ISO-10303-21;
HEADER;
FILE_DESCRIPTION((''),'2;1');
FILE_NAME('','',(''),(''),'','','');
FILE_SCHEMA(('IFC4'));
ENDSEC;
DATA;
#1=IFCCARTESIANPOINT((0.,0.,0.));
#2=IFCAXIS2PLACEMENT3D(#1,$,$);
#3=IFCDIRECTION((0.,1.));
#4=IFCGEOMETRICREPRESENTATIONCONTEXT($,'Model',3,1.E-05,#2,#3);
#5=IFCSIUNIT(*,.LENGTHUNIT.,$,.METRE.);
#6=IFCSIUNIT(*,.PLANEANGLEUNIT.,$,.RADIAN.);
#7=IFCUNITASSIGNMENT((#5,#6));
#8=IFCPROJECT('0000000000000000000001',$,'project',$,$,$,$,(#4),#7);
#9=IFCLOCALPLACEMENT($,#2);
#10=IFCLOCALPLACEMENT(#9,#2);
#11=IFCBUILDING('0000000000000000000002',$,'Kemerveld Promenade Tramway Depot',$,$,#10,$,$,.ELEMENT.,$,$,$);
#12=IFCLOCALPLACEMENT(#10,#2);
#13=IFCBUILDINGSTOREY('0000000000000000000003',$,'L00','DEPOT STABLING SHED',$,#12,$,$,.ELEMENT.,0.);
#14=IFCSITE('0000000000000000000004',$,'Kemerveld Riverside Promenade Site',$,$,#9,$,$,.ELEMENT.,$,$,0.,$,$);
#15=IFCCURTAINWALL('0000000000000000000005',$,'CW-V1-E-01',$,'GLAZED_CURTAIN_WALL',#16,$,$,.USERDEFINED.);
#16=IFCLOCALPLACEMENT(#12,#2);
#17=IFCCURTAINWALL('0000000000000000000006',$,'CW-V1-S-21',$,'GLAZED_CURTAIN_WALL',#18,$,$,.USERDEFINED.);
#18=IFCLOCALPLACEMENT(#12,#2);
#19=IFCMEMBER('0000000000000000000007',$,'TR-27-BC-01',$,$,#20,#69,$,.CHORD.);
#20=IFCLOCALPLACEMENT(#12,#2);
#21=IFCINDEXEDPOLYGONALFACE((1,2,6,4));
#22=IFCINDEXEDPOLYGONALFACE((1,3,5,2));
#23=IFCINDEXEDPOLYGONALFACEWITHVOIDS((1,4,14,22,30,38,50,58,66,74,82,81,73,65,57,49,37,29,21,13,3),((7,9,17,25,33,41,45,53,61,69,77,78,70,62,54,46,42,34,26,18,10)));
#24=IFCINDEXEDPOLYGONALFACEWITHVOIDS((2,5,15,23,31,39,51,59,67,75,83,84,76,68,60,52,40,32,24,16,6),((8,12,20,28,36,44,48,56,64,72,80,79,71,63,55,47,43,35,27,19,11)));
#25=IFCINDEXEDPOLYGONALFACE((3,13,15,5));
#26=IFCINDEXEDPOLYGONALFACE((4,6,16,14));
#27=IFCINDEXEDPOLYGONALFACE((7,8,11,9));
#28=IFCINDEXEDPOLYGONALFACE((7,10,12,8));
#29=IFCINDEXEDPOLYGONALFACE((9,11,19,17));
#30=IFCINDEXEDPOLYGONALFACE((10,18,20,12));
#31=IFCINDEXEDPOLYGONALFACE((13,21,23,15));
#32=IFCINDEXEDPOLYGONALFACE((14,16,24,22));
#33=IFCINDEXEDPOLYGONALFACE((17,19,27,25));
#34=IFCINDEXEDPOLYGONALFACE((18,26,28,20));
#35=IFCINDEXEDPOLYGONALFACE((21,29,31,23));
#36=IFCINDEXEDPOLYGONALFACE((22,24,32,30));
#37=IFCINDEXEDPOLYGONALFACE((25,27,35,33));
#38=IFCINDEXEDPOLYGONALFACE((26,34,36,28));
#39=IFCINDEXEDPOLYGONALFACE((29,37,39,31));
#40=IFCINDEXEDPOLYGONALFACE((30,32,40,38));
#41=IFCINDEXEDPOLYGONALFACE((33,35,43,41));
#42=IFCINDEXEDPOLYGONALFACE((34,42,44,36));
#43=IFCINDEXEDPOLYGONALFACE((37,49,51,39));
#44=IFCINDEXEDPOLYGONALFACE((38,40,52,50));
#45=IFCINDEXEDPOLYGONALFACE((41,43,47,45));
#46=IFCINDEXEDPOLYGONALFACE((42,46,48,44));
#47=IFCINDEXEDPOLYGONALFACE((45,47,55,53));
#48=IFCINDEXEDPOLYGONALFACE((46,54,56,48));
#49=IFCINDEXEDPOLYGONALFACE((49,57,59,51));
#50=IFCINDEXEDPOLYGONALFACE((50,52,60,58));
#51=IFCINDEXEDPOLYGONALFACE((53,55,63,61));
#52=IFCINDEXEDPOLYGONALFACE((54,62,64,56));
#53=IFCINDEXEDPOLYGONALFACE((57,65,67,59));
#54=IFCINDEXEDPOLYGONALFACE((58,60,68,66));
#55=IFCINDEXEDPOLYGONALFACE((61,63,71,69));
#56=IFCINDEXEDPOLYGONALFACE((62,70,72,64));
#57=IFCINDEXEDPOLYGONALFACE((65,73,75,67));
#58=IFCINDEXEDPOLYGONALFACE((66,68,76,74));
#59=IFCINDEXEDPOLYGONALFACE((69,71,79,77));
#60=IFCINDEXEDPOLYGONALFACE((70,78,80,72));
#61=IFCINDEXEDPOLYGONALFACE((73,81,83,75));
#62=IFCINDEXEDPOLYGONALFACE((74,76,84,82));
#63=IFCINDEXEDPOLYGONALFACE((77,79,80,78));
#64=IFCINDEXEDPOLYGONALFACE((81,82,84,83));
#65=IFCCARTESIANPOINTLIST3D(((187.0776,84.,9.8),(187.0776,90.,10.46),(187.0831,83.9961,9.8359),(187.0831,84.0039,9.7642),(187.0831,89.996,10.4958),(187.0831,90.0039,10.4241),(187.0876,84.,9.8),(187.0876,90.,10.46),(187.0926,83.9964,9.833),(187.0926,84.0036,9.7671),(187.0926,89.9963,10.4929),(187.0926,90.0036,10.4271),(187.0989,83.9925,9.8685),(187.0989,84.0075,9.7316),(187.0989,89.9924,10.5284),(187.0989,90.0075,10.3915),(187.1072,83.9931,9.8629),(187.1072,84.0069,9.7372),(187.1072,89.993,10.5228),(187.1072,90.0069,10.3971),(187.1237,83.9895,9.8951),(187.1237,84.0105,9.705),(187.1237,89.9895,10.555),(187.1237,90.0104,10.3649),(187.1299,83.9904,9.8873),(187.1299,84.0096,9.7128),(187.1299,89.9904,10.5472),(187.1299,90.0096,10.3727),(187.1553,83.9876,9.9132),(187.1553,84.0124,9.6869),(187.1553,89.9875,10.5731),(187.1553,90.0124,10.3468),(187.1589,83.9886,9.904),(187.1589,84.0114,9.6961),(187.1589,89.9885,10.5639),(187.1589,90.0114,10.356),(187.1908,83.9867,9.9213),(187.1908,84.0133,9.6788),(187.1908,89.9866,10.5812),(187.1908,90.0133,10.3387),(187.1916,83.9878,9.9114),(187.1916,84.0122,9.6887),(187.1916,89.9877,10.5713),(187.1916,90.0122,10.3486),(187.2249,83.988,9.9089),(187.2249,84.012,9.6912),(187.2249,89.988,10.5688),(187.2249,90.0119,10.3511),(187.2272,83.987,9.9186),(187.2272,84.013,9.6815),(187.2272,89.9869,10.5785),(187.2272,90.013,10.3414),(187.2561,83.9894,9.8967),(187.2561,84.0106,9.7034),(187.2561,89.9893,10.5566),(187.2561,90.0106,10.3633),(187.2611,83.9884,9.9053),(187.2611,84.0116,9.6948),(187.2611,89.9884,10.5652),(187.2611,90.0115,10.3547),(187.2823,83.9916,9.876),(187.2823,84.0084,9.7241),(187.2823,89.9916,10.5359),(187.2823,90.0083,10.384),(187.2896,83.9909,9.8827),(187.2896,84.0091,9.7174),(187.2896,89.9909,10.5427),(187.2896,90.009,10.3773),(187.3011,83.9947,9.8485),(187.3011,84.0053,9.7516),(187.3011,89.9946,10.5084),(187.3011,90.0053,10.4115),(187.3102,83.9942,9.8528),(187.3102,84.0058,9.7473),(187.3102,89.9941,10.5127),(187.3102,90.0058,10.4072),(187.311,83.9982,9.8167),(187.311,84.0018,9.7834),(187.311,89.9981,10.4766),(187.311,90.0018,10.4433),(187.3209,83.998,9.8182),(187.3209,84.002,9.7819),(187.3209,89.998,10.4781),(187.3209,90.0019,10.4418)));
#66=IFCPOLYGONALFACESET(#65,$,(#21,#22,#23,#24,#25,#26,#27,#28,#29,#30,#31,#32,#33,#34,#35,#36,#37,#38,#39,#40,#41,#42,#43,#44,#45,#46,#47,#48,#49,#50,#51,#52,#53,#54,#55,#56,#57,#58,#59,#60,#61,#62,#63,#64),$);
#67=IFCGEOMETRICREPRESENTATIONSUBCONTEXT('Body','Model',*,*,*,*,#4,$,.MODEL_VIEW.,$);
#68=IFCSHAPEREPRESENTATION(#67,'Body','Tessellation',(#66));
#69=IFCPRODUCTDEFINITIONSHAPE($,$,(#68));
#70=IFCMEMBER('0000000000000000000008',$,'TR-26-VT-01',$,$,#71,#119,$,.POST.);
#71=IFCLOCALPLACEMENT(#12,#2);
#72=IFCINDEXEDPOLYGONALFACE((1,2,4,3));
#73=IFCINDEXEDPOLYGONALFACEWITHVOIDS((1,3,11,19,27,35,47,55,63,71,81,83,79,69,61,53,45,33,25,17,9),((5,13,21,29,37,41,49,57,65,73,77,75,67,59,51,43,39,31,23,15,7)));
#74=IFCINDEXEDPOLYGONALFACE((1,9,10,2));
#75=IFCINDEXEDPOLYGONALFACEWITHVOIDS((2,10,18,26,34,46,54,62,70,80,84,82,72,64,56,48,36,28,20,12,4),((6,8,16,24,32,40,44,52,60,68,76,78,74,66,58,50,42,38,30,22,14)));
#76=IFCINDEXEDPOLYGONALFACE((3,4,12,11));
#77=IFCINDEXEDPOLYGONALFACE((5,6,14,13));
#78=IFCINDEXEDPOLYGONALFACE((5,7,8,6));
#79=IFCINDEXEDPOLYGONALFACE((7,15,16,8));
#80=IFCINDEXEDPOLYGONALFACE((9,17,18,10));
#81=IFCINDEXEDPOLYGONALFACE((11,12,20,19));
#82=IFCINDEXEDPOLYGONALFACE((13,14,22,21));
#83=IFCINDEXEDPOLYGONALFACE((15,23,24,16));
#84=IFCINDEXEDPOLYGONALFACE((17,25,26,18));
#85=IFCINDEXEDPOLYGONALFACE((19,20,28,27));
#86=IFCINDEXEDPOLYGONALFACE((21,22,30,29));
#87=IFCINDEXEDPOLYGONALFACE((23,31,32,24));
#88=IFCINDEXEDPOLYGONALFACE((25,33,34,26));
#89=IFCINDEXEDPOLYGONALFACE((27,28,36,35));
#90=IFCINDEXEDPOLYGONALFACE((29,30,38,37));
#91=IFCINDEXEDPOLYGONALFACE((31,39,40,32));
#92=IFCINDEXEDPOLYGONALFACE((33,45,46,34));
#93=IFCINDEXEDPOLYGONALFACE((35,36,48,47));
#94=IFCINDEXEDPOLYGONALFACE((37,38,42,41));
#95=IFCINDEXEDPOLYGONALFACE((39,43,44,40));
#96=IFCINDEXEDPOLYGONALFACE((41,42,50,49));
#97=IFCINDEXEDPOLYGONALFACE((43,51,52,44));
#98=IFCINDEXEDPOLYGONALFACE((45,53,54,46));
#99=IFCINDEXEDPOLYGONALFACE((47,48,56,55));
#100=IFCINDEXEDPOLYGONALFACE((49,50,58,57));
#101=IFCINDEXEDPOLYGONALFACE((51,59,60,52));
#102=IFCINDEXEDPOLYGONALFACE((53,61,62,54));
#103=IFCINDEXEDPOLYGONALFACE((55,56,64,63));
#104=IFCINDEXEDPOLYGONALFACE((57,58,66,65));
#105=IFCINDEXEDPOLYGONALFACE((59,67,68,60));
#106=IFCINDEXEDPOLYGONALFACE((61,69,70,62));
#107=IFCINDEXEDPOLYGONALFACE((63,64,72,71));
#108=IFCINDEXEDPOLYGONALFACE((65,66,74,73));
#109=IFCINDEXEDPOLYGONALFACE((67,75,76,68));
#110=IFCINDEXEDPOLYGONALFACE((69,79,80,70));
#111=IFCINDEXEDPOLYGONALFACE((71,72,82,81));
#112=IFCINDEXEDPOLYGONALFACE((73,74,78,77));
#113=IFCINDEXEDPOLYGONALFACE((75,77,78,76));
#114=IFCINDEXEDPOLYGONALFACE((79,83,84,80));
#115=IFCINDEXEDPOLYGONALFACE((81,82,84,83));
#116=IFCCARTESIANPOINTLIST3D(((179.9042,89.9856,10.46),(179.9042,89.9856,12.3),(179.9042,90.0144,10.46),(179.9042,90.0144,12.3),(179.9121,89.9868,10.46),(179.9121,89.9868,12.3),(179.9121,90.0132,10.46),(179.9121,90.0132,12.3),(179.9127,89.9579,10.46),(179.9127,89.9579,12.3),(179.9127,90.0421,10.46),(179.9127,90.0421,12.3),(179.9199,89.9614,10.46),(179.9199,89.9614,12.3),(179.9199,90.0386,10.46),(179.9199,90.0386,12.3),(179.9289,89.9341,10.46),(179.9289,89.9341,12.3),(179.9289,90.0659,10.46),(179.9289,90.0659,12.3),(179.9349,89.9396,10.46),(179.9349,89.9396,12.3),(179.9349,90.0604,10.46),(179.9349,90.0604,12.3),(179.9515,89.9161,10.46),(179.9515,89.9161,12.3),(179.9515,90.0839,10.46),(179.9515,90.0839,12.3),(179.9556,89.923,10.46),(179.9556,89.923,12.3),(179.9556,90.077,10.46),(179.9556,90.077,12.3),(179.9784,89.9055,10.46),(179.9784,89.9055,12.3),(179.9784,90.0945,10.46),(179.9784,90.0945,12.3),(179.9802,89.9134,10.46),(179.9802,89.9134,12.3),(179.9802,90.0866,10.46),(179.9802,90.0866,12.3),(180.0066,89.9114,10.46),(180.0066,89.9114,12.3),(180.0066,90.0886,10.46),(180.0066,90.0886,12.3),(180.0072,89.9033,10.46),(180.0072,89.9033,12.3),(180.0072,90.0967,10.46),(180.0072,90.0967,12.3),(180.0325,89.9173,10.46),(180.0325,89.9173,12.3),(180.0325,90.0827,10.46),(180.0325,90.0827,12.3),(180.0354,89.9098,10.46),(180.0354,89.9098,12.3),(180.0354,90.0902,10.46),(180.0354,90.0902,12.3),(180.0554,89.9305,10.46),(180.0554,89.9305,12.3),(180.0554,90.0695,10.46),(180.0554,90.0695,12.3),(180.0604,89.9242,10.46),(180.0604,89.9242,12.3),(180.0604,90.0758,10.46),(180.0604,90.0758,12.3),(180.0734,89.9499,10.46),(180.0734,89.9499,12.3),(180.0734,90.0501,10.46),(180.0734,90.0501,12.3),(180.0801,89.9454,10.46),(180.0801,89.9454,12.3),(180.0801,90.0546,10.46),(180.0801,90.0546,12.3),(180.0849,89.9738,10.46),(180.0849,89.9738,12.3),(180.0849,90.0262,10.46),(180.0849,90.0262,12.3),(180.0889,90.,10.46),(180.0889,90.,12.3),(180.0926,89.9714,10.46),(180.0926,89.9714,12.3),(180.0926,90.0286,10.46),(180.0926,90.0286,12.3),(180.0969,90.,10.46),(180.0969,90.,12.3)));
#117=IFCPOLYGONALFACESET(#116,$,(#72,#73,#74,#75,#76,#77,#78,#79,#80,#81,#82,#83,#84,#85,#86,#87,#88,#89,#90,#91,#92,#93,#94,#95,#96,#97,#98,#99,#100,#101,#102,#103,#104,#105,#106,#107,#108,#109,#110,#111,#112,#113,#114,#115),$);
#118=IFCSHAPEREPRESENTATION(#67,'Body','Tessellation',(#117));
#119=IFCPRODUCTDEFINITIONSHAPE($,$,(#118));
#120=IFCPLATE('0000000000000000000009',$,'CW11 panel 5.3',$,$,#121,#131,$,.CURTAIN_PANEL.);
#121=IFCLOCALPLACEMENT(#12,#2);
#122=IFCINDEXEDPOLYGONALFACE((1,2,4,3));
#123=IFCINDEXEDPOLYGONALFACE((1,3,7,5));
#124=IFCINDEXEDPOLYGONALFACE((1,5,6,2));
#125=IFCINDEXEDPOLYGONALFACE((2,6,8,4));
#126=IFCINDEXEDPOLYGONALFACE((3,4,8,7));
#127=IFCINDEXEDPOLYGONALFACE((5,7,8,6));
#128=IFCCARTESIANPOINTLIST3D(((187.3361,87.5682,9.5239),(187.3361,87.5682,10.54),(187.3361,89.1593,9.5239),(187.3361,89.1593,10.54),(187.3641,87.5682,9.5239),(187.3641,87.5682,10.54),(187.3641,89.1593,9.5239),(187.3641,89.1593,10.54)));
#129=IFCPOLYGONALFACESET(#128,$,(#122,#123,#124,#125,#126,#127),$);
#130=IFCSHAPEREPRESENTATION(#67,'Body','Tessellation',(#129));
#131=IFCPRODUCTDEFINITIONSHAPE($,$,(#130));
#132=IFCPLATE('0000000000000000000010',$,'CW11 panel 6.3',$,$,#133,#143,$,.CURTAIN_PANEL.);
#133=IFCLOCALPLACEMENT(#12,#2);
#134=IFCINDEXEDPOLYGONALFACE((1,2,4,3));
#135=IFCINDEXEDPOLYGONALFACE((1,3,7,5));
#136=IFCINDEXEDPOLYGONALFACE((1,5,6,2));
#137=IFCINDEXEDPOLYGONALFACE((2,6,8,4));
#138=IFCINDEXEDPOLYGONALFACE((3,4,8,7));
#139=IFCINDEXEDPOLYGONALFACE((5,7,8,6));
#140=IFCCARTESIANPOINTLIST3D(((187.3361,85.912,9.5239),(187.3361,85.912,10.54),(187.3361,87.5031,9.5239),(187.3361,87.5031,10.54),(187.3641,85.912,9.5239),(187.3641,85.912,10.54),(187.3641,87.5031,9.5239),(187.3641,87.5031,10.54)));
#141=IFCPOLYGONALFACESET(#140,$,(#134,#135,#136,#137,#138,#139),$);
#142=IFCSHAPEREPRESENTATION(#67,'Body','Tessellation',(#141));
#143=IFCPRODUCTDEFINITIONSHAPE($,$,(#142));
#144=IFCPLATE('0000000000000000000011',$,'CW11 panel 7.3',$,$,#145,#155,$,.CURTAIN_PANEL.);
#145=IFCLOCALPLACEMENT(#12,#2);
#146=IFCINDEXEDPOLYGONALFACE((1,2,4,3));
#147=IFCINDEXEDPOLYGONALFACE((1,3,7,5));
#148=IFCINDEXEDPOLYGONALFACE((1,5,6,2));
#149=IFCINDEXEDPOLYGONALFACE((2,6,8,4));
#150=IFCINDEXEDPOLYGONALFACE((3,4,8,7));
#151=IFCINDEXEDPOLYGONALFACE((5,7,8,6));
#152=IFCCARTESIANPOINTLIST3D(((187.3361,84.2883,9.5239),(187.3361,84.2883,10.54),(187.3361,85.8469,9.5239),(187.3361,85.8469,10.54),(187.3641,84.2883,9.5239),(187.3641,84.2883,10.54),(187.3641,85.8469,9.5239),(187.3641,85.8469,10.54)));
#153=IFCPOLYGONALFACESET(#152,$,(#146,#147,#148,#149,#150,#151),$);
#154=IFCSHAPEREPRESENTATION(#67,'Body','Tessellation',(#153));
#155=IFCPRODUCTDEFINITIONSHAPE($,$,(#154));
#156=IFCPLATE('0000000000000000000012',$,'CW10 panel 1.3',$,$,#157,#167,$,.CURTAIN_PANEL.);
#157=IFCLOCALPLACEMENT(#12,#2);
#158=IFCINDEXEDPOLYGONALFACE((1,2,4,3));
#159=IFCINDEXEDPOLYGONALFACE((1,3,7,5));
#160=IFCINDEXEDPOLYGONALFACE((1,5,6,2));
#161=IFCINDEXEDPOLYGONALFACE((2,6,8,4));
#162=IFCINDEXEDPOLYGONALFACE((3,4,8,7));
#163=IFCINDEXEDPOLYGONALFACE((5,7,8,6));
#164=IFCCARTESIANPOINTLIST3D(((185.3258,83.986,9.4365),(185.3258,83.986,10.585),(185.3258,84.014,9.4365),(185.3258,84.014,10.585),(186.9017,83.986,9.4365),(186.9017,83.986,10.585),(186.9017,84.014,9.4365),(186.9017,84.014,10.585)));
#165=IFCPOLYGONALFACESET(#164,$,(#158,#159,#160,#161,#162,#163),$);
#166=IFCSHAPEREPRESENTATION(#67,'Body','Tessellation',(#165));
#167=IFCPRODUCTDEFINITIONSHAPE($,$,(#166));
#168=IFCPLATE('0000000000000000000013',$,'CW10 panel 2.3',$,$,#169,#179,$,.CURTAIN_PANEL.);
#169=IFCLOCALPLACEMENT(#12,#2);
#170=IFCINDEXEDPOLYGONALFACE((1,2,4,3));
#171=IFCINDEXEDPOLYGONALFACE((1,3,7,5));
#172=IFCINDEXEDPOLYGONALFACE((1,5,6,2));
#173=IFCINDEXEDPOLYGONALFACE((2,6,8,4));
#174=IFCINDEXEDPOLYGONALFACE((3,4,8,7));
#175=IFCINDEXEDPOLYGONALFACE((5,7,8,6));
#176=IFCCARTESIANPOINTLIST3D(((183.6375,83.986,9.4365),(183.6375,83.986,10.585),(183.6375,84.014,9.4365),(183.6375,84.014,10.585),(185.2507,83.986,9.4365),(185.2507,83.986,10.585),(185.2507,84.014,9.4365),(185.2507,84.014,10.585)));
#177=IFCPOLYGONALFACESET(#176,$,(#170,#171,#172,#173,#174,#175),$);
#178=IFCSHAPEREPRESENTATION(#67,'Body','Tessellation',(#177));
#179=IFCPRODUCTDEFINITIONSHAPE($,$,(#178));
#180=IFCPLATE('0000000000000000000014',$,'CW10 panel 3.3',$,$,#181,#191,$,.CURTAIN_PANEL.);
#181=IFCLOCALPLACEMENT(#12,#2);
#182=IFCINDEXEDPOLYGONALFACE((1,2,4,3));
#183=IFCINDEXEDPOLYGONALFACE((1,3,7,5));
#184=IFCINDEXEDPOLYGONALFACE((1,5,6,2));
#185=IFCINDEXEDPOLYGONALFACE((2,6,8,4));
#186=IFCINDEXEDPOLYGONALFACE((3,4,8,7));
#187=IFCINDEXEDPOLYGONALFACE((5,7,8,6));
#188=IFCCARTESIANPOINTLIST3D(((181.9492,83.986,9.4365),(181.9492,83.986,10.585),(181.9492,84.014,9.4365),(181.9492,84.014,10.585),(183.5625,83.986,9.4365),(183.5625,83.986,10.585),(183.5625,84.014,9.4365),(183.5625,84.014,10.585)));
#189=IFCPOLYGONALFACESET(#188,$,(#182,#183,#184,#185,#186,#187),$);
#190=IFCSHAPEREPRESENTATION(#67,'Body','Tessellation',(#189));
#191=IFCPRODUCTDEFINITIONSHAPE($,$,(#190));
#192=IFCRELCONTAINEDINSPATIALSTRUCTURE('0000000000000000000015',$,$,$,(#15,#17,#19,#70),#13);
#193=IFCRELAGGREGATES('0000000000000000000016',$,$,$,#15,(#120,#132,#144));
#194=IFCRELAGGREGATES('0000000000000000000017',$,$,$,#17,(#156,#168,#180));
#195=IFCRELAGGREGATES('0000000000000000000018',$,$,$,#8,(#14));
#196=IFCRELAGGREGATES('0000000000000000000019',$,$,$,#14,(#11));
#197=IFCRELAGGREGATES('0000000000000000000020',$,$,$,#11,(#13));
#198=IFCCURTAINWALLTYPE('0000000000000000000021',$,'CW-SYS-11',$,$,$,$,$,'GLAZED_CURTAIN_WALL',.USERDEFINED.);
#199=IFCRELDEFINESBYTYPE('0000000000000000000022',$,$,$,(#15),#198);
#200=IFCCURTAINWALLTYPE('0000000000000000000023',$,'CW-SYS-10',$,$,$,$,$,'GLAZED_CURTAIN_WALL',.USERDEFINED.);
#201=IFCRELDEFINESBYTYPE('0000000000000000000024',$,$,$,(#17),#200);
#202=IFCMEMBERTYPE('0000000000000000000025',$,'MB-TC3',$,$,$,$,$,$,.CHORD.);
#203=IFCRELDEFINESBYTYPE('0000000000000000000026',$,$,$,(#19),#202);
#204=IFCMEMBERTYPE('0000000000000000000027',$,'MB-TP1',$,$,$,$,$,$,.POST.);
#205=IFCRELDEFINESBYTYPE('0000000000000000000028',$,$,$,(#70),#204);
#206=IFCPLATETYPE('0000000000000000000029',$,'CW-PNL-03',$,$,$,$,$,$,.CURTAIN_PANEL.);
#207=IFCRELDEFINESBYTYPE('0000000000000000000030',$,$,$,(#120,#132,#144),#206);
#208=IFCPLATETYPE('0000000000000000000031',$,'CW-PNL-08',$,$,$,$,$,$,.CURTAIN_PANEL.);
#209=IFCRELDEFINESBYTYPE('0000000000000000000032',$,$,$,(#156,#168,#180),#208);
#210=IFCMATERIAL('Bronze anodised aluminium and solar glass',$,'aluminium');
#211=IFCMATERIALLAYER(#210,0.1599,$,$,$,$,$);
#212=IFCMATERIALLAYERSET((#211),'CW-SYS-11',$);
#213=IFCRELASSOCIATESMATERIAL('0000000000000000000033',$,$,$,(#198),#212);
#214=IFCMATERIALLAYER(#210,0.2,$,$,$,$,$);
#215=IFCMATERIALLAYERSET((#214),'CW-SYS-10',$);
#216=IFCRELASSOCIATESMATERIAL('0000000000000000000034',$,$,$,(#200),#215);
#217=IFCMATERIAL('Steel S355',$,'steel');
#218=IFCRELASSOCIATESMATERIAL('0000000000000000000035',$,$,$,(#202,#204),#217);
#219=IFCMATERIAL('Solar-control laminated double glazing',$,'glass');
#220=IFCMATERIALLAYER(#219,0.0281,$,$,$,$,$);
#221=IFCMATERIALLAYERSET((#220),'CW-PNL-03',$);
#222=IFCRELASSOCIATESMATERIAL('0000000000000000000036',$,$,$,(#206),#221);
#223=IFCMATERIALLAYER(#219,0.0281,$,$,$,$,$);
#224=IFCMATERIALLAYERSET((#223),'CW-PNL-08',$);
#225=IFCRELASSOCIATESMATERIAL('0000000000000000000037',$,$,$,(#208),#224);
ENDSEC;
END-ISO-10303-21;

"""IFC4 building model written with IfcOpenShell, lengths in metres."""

from ifc_helpers import new_model, si_unit, direction, frame, origin, origin_2d, place, context, subcontext, project, spatial, rectangle, hollow_circle, extrude, material, layer, layer_set, material_profile, profile_set, type_object, element, aggregate, save


model = new_model("IFC4")

# Units and contexts
model_context = context("Model", 3, precision=1e-05, world=origin(), true_north=direction((0.0, 1.0)))
body_context = subcontext(model_context, "Body", "Model", "MODEL_VIEW")
ifc_project = project(units=[si_unit("LENGTHUNIT", "METRE"), si_unit("PLANEANGLEUNIT", "RADIAN")], contexts=[model_context])

# Site, building, storey
site_placement = place(None, origin())
site = spatial("IfcSite", under=ifc_project, at=site_placement, Name="Kemerveld Riverside Promenade Site", CompositionType="ELEMENT", RefElevation=0.0)
building_placement = place(site_placement, origin())
building = spatial("IfcBuilding", under=site, at=building_placement, Name="Kemerveld Promenade Tramway Depot", CompositionType="ELEMENT")
storey_placement = place(building_placement, origin())
storey = spatial("IfcBuildingStorey", under=building, at=storey_placement, Name="L00", Description="DEPOT STABLING SHED", CompositionType="ELEMENT", Elevation=0.0)

# Shared definitions
ifc_material_1 = material(Name="Steel S355", Category="steel")

# Curtain walls
ifc_material_2 = material(Name="Bronze anodised aluminium and solar glass", Category="aluminium")
ifc_layer_1 = layer(ifc_material_2, 0.1599)
ifc_layer_set_1 = layer_set([ifc_layer_1], Name="CW-SYS-11")
curtain_wall_type_1 = type_object("IfcCurtainWallType", Name="CW-SYS-11", ElementType="GLAZED_CURTAIN_WALL", PredefinedType="USERDEFINED", material=ifc_layer_set_1)
curtain_wall_1_placement = place(storey_placement, origin())
curtain_wall_1 = element("IfcCurtainWall", 1, at=curtain_wall_1_placement, inside=storey, type_object=curtain_wall_type_1, Name="CW-V1-E-01", ObjectType="GLAZED_CURTAIN_WALL", PredefinedType="USERDEFINED")
ifc_layer_2 = layer(ifc_material_2, 0.2)
ifc_layer_set_2 = layer_set([ifc_layer_2], Name="CW-SYS-10")
curtain_wall_type_2 = type_object("IfcCurtainWallType", Name="CW-SYS-10", ElementType="GLAZED_CURTAIN_WALL", PredefinedType="USERDEFINED", material=ifc_layer_set_2)
curtain_wall_2_placement = place(storey_placement, origin())
curtain_wall_2 = element("IfcCurtainWall", 2, at=curtain_wall_2_placement, inside=storey, type_object=curtain_wall_type_2, Name="CW-V1-S-21", ObjectType="GLAZED_CURTAIN_WALL", PredefinedType="USERDEFINED")

# Members
ifc_material_profile_1 = material_profile(ifc_material_1, hollow_circle(Radius=0.1223, WallThickness=0.01, at=origin_2d()), Name="244.5x10.0 CHS")
ifc_profile_set_1 = profile_set([ifc_material_profile_1], Name="Steel S355")
member_type_1 = type_object("IfcMemberType", Name="MB-TC3", PredefinedType="CHORD", material=ifc_profile_set_1)
member_1_placement = place(storey_placement, frame((187.2, 84.0, 9.8), z_axis=(0.0, 0.994006, 0.109326), x_axis=(-1.0, 0.0, 0.0)))
element("IfcMember", 3, at=member_1_placement, inside=storey, type_object=member_type_1, Name="TR-27-BC-01", PredefinedType="CHORD", context=body_context, shape_type="SweptSolid", body=[
    extrude(hollow_circle(Radius=0.1223, WallThickness=0.01, at=origin_2d()), origin(), (0.0, 0.0, 1.0), 6.0361),
])
ifc_material_profile_2 = material_profile(ifc_material_1, hollow_circle(Radius=0.0969, WallThickness=0.0081, at=origin_2d()), Name="193.7x8.0 CHS")
ifc_profile_set_2 = profile_set([ifc_material_profile_2], Name="Steel S355")
member_type_2 = type_object("IfcMemberType", Name="MB-TP1", PredefinedType="POST", material=ifc_profile_set_2)
member_2_placement = place(storey_placement, frame((180.0, 90.0, 10.46), z_axis=(0.0, 0.0, 1.0), x_axis=(1.0, 0.0, 0.0)))
element("IfcMember", 4, at=member_2_placement, inside=storey, type_object=member_type_2, Name="TR-26-VT-01", PredefinedType="POST", context=body_context, shape_type="SweptSolid", body=[
    extrude(hollow_circle(Radius=0.0969, WallThickness=0.0081, at=origin_2d()), origin(), (0.0, 0.0, 1.0), 1.8401),
])

# Plates
ifc_material_3 = material(Name="Solar-control laminated double glazing", Category="glass")
ifc_layer_3 = layer(ifc_material_3, 0.0281)
ifc_layer_set_3 = layer_set([ifc_layer_3], Name="CW-PNL-03")
plate_type_1 = type_object("IfcPlateType", Name="CW-PNL-03", PredefinedType="CURTAIN_PANEL", material=ifc_layer_set_3)
plate_1_placement = place(storey_placement, frame((187.3501, 88.3638, 9.5239), z_axis=(0.0, 0.0, 1.0), x_axis=(0.0, -1.0, 0.0)))
plate_1 = element("IfcPlate", 5, at=plate_1_placement, type_object=plate_type_1, Name="CW11 panel 5.3", PredefinedType="CURTAIN_PANEL", context=body_context, shape_type="SweptSolid", body=[
    extrude(rectangle(XDim=1.5911, YDim=0.0281, at=origin_2d()), origin(), (0.0, 0.0, 1.0), 1.0161),
])
plate_2_placement = place(storey_placement, frame((187.3501, 86.7075, 9.5239), z_axis=(0.0, 0.0, 1.0), x_axis=(0.0, -1.0, 0.0)))
plate_2 = element("IfcPlate", 6, at=plate_2_placement, type_object=plate_type_1, Name="CW11 panel 6.3", PredefinedType="CURTAIN_PANEL", context=body_context, shape_type="SweptSolid", body=[
    extrude(rectangle(XDim=1.5911, YDim=0.0281, at=origin_2d()), origin(), (0.0, 0.0, 1.0), 1.0161),
])
plate_3_placement = place(storey_placement, frame((187.3501, 85.0676, 9.5239), z_axis=(0.0, 0.0, 1.0), x_axis=(0.0, -1.0, 0.0)))
plate_3 = element("IfcPlate", 7, at=plate_3_placement, type_object=plate_type_1, Name="CW11 panel 7.3", PredefinedType="CURTAIN_PANEL", context=body_context, shape_type="SweptSolid", body=[
    extrude(rectangle(XDim=1.5586, YDim=0.0281, at=origin_2d()), origin(), (0.0, 0.0, 1.0), 1.0161),
])
aggregate(curtain_wall_1, [plate_1, plate_2, plate_3])
ifc_layer_4 = layer(ifc_material_3, 0.0281)
ifc_layer_set_4 = layer_set([ifc_layer_4], Name="CW-PNL-08")
plate_type_2 = type_object("IfcPlateType", Name="CW-PNL-08", PredefinedType="CURTAIN_PANEL", material=ifc_layer_set_4)
plate_4_placement = place(storey_placement, frame((186.1138, 84.0, 9.4365), z_axis=(0.0, 0.0, 1.0), x_axis=(-1.0, 0.0, 0.0)))
plate_4 = element("IfcPlate", 8, at=plate_4_placement, type_object=plate_type_2, Name="CW10 panel 1.3", PredefinedType="CURTAIN_PANEL", context=body_context, shape_type="SweptSolid", body=[
    extrude(rectangle(XDim=1.5759, YDim=0.0281, at=origin_2d()), origin(), (0.0, 0.0, 1.0), 1.1484),
])
plate_5_placement = place(storey_placement, frame((184.4441, 84.0, 9.4365), z_axis=(0.0, 0.0, 1.0), x_axis=(-1.0, 0.0, 0.0)))
plate_5 = element("IfcPlate", 9, at=plate_5_placement, type_object=plate_type_2, Name="CW10 panel 2.3", PredefinedType="CURTAIN_PANEL", context=body_context, shape_type="SweptSolid", body=[
    extrude(rectangle(XDim=1.6133, YDim=0.0281, at=origin_2d()), origin(), (0.0, 0.0, 1.0), 1.1484),
])
plate_6_placement = place(storey_placement, frame((182.7559, 84.0, 9.4365), z_axis=(0.0, 0.0, 1.0), x_axis=(-1.0, 0.0, 0.0)))
plate_6 = element("IfcPlate", 10, at=plate_6_placement, type_object=plate_type_2, Name="CW10 panel 3.3", PredefinedType="CURTAIN_PANEL", context=body_context, shape_type="SweptSolid", body=[
    extrude(rectangle(XDim=1.6133, YDim=0.0281, at=origin_2d()), origin(), (0.0, 0.0, 1.0), 1.1484),
])
aggregate(curtain_wall_2, [plate_4, plate_5, plate_6])

save(model, "model.ifc")
